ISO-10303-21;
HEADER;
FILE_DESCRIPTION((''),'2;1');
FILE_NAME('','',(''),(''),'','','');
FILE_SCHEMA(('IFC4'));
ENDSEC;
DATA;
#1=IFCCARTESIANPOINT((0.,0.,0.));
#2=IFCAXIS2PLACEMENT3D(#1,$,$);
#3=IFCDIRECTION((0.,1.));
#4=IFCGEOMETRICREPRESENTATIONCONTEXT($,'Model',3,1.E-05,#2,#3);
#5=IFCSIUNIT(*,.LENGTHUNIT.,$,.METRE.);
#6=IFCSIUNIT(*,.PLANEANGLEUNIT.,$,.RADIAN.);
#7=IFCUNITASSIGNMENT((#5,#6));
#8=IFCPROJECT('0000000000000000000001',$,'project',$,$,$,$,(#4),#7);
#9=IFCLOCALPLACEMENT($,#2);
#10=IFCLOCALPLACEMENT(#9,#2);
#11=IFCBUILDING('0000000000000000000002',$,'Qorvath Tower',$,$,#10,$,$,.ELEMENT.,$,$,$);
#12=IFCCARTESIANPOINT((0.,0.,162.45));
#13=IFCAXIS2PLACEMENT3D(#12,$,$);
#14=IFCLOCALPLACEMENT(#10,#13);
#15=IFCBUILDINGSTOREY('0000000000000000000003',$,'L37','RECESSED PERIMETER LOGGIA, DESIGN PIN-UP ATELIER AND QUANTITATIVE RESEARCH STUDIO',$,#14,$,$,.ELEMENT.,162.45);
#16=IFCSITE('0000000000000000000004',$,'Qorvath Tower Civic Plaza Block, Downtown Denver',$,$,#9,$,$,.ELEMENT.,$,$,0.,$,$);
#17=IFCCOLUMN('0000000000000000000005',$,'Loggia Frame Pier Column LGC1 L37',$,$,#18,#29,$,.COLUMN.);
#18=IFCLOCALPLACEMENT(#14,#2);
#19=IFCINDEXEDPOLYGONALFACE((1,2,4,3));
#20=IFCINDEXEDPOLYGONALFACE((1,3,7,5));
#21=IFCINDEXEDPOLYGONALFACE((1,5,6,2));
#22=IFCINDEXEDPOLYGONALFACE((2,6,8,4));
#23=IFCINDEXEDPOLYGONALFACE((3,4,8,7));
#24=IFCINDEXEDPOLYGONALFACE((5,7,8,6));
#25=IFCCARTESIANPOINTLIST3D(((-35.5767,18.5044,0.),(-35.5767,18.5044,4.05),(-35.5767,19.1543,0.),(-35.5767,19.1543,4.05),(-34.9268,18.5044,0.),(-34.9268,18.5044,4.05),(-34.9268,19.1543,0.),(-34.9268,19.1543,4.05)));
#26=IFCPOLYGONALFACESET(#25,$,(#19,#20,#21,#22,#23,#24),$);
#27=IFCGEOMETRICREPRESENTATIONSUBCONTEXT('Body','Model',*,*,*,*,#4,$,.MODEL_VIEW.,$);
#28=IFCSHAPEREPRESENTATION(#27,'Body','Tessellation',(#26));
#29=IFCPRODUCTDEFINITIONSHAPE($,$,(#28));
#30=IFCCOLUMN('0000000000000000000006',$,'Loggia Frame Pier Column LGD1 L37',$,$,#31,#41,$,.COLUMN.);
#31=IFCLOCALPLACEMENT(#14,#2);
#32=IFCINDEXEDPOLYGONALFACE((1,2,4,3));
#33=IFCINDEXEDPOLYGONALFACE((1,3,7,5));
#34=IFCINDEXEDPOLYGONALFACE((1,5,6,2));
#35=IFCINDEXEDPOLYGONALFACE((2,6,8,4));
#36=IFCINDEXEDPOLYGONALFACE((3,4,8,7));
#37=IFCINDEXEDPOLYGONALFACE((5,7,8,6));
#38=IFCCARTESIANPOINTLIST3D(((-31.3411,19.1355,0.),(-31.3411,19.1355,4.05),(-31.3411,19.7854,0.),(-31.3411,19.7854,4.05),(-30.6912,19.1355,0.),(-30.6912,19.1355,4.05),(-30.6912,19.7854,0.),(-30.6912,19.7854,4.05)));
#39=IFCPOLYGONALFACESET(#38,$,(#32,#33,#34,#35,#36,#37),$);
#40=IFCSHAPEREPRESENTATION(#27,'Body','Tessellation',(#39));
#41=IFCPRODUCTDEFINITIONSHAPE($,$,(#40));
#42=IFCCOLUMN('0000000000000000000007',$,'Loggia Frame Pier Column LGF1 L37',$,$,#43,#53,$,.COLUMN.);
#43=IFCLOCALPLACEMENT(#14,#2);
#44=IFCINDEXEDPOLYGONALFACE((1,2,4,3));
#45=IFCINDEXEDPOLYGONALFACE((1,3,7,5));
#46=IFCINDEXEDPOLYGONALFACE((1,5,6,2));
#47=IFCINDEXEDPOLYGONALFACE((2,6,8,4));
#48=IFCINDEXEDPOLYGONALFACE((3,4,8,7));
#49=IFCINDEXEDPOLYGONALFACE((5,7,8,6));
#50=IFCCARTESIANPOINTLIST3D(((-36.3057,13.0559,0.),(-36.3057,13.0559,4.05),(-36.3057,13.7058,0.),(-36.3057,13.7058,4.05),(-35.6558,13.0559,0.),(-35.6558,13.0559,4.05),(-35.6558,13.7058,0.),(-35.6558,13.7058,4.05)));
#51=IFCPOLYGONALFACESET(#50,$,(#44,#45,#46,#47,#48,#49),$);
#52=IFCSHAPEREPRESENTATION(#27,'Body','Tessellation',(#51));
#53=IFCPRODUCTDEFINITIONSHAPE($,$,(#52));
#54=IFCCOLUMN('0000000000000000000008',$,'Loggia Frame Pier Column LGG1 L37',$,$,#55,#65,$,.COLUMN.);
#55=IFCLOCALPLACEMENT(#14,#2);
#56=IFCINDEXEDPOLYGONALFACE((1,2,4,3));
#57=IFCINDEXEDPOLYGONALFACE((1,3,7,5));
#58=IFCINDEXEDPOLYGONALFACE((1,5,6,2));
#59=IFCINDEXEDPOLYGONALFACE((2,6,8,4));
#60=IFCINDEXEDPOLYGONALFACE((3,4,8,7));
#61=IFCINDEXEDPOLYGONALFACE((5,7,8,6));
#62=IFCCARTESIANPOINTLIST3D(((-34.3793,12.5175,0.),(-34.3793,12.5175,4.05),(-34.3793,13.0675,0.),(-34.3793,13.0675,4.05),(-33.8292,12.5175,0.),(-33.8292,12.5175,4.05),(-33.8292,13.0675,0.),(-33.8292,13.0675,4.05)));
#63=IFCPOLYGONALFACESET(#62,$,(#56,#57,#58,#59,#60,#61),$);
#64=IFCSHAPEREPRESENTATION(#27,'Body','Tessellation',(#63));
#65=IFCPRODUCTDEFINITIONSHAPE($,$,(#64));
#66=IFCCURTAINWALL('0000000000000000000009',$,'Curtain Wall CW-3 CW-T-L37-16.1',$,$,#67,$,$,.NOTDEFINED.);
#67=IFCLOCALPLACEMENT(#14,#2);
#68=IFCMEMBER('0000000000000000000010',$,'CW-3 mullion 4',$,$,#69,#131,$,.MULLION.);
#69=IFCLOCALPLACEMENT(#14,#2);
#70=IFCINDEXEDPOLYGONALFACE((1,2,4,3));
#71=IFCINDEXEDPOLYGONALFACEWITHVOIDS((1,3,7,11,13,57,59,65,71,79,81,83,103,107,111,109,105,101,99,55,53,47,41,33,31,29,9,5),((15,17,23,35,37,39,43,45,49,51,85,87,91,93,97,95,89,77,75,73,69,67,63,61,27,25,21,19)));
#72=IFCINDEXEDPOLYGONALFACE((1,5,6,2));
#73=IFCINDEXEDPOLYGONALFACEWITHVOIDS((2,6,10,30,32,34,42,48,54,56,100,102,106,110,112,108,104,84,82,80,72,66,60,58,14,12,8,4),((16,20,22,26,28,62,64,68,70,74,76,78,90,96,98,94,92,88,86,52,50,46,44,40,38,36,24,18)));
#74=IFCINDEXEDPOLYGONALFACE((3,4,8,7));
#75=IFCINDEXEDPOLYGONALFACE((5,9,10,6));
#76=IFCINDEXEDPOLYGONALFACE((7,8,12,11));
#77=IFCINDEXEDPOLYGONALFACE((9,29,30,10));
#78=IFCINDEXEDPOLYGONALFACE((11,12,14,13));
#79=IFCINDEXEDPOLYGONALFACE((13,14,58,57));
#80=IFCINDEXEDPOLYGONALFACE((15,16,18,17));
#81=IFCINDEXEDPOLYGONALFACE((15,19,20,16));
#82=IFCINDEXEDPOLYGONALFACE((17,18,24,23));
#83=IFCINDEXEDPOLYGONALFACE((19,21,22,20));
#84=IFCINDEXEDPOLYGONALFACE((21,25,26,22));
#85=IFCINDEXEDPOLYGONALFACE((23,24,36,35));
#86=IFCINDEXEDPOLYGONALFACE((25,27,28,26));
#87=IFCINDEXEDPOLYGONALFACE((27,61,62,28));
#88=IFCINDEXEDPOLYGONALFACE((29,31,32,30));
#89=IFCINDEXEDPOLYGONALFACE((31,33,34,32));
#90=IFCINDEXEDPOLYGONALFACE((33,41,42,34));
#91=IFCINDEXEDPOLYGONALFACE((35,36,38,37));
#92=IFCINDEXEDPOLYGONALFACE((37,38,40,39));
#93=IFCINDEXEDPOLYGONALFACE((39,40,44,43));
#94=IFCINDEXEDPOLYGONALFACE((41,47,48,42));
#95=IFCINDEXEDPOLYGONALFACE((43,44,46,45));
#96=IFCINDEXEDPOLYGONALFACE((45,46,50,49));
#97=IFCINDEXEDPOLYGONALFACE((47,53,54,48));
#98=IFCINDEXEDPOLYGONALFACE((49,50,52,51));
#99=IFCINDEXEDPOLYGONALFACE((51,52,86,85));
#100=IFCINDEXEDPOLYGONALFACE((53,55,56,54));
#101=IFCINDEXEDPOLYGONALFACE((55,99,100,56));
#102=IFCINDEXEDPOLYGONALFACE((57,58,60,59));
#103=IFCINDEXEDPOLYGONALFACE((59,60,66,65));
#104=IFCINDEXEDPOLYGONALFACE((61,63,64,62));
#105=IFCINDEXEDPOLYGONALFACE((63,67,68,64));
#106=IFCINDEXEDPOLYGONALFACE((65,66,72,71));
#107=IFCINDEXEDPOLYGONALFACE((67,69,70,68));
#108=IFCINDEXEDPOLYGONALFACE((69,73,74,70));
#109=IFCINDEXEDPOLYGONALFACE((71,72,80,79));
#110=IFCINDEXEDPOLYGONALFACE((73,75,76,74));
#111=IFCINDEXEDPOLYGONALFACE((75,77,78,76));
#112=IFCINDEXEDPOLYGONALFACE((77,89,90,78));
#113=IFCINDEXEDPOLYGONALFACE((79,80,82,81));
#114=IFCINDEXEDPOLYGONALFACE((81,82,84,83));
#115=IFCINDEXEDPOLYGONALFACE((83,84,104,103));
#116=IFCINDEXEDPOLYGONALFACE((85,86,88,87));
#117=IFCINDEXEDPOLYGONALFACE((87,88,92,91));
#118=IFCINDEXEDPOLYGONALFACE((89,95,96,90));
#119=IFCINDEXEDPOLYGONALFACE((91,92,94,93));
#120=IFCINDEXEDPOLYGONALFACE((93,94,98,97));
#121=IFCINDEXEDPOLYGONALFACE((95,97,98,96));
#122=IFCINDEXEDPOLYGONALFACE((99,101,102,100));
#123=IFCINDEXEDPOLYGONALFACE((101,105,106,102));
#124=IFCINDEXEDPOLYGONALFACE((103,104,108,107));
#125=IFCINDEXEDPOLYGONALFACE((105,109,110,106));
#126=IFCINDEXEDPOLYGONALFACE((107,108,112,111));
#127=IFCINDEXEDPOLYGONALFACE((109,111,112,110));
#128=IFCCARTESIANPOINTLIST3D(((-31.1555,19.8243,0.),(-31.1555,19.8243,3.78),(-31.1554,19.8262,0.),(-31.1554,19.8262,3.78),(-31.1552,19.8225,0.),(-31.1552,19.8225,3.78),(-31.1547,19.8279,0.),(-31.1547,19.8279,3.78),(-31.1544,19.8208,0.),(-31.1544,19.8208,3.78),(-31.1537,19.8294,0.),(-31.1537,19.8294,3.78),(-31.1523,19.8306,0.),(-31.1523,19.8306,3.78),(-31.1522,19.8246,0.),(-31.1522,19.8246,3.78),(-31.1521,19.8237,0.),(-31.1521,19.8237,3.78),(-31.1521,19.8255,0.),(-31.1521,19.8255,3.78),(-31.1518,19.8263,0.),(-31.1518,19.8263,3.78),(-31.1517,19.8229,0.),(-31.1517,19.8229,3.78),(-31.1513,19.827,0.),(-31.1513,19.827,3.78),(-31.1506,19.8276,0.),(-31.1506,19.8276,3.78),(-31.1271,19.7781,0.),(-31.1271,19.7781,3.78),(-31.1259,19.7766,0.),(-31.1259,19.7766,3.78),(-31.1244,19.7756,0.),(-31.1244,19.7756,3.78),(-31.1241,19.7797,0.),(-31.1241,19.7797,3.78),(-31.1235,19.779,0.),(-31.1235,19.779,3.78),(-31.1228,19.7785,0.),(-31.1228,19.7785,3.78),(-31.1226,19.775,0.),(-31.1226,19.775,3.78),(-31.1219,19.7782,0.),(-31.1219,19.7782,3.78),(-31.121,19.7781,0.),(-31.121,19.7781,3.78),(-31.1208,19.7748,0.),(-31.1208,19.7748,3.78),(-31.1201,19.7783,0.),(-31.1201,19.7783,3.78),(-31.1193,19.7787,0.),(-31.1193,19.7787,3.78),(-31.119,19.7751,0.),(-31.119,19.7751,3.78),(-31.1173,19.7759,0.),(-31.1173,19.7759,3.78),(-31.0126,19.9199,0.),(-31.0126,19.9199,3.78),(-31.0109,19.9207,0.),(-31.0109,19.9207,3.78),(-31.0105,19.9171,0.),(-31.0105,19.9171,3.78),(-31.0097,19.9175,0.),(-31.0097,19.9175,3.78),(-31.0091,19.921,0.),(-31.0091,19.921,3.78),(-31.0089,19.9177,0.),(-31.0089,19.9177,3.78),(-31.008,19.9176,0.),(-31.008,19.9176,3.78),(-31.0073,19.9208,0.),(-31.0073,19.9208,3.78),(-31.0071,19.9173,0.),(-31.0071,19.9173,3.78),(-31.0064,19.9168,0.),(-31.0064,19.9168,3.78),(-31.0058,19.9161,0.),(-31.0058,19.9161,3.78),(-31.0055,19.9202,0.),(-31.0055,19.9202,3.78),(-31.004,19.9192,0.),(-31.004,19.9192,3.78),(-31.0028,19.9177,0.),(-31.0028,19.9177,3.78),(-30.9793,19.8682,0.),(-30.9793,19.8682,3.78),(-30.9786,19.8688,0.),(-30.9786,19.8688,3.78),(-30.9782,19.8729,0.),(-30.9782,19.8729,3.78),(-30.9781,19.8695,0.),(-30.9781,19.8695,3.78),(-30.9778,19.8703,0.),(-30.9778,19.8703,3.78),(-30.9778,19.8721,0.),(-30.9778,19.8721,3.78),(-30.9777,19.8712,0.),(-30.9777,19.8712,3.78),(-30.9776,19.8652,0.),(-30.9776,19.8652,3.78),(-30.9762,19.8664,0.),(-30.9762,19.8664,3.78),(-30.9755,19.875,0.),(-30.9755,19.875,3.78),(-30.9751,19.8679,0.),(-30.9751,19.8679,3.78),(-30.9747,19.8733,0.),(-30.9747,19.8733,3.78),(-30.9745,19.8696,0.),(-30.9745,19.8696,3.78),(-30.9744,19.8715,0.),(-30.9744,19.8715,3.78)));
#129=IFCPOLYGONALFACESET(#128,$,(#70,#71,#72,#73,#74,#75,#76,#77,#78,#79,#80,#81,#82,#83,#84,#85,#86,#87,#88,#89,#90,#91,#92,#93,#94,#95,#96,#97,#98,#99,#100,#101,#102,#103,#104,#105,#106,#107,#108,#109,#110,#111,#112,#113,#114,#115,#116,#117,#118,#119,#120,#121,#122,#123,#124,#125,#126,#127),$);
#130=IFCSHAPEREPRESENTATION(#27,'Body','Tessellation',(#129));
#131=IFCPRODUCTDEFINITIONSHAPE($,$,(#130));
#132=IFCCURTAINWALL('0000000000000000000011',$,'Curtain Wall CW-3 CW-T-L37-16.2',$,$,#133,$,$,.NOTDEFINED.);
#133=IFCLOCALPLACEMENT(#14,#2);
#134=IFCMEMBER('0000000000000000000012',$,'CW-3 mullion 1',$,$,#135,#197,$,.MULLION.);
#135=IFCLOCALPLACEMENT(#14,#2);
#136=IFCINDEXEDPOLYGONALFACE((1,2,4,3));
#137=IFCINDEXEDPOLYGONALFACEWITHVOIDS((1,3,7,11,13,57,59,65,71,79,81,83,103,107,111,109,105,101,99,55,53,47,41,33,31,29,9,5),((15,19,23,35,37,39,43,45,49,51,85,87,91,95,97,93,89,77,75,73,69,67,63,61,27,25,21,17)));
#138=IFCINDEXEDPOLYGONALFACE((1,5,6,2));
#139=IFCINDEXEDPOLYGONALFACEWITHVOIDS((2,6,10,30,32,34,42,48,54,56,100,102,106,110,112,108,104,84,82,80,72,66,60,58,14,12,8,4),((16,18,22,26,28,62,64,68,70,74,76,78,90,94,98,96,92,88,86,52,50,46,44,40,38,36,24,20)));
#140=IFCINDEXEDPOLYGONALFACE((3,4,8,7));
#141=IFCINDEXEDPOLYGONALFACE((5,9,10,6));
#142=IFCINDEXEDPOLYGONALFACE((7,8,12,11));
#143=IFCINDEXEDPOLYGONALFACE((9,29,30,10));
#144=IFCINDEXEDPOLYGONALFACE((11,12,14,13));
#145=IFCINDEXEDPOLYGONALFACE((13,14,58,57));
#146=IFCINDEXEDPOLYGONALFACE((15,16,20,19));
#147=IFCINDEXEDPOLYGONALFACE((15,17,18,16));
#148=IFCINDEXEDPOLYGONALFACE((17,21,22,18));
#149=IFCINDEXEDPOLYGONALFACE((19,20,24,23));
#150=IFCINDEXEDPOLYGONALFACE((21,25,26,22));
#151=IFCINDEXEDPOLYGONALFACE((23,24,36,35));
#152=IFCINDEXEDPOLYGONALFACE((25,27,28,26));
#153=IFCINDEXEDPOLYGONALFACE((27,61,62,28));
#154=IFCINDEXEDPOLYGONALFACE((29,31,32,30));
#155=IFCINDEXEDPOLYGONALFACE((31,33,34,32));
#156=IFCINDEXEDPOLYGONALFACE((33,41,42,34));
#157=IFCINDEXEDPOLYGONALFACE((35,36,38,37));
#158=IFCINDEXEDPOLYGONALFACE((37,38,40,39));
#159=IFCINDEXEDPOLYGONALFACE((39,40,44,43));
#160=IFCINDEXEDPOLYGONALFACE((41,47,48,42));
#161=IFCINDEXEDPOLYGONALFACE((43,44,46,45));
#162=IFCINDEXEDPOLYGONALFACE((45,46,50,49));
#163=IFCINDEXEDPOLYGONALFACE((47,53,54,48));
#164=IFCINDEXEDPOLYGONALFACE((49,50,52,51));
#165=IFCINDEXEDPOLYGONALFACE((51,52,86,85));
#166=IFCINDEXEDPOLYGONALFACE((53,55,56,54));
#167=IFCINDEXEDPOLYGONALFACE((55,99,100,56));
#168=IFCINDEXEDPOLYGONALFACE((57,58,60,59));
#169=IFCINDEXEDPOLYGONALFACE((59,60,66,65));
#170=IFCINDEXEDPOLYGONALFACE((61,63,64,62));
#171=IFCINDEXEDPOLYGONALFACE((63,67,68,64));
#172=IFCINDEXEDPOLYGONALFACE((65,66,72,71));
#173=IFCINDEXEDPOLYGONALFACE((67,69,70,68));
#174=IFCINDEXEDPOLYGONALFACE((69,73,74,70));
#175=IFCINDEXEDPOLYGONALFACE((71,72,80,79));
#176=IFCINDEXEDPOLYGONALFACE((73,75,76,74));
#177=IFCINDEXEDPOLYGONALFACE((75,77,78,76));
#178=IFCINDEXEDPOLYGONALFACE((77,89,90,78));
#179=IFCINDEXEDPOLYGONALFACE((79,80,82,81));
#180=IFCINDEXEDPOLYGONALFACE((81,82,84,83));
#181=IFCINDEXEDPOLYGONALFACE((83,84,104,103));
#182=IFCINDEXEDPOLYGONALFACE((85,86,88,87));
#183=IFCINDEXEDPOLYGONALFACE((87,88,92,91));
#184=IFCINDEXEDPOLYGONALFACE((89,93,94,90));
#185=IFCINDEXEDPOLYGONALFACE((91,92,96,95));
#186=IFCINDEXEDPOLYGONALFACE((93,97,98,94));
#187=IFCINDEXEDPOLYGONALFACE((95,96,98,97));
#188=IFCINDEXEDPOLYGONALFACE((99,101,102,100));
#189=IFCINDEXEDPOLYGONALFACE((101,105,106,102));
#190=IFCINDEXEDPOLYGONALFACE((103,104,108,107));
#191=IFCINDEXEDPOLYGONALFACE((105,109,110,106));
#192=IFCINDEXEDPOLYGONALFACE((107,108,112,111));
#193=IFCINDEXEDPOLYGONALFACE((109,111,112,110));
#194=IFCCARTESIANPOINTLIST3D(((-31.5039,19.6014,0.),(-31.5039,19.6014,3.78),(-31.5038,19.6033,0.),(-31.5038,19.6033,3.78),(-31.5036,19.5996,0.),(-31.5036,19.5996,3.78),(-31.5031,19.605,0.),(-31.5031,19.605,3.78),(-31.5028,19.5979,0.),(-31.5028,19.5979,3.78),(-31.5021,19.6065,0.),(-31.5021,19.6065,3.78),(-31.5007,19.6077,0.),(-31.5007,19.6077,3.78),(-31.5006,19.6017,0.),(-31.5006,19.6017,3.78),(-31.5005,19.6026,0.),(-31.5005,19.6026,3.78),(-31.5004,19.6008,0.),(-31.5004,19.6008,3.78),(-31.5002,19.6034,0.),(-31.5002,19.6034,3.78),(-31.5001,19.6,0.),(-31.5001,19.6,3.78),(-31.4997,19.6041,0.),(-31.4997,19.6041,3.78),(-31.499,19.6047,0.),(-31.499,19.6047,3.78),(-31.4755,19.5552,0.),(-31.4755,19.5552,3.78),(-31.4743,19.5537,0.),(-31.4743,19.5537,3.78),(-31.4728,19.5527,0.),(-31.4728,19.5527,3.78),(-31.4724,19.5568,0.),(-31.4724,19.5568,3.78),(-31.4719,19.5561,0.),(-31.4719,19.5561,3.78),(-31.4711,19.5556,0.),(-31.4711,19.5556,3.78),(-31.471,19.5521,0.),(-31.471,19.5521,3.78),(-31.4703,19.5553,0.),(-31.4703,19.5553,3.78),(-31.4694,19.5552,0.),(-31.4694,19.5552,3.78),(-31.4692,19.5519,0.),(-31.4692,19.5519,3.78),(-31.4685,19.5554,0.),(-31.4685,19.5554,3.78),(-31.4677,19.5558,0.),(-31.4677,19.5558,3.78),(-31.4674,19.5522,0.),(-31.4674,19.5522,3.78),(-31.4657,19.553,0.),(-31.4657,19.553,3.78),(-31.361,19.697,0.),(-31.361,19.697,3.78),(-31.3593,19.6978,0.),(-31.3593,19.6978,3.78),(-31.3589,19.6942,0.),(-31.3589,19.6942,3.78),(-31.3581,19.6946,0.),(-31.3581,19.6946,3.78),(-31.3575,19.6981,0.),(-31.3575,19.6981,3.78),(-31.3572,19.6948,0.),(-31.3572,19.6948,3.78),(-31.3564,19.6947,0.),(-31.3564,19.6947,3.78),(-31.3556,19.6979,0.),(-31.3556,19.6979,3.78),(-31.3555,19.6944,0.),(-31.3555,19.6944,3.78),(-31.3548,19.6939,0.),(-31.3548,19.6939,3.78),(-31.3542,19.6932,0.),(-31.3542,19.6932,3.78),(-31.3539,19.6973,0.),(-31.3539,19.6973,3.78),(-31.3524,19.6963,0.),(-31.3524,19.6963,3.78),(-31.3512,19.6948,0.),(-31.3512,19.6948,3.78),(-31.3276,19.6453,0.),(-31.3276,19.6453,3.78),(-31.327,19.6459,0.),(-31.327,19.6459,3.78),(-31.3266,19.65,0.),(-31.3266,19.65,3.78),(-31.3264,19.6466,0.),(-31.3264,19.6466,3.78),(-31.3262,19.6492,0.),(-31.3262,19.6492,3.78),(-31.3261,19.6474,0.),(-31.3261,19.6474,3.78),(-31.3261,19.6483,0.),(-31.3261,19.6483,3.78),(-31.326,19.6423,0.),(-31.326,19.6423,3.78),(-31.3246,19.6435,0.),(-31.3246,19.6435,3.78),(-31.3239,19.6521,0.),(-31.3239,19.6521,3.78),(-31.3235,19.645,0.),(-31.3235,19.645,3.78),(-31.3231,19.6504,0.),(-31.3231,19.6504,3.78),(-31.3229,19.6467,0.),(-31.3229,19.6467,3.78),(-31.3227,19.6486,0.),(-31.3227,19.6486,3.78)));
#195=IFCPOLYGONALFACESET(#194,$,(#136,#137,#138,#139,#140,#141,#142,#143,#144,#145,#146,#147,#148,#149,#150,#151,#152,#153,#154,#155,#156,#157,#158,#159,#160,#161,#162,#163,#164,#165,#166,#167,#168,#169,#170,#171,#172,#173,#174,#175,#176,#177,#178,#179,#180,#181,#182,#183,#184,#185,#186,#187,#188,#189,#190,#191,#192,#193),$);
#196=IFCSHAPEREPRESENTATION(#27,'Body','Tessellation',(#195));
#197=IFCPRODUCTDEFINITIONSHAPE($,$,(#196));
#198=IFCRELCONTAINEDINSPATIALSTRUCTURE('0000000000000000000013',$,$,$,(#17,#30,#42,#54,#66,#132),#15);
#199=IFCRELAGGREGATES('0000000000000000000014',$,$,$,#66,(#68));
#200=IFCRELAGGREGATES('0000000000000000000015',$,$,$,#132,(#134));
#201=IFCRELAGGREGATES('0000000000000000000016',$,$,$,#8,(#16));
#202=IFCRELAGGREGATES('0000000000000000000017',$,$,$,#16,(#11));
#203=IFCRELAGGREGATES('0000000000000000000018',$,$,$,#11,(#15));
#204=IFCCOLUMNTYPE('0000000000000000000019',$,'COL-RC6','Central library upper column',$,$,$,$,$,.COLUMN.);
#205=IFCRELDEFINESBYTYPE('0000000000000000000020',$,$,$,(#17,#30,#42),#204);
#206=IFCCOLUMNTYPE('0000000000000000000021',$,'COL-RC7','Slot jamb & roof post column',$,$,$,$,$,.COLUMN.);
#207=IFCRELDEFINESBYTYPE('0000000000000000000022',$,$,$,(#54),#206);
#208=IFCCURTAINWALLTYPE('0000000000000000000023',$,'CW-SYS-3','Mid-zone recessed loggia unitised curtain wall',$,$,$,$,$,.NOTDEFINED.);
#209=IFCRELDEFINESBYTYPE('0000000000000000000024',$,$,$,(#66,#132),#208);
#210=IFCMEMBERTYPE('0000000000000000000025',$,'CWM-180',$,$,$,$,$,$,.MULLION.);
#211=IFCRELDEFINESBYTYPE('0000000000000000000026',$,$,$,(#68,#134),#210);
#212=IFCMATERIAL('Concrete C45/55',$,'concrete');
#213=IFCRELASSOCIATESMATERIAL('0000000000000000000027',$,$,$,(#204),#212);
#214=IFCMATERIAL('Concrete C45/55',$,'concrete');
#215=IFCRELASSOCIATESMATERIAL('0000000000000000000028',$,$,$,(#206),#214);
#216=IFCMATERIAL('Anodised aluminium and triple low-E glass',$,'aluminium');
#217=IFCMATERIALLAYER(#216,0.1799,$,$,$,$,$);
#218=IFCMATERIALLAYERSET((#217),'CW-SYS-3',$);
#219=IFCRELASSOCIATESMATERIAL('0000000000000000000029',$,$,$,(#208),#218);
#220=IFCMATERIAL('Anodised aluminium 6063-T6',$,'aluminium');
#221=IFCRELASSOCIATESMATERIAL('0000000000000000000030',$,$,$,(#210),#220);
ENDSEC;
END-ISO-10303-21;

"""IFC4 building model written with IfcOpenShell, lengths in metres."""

from ifc_helpers import new_model, si_unit, direction, frame, origin, origin_2d, place, context, subcontext, project, spatial, rectangle, hollow_rectangle, extrude, material, layer, layer_set, material_profile, profile_set, type_object, element, aggregate, save


model = new_model("IFC4")

# Units and contexts
model_context = context("Model", 3, precision=1e-05, world=origin(), true_north=direction((0.0, 1.0)))
body_context = subcontext(model_context, "Body", "Model", "MODEL_VIEW")
ifc_project = project(units=[si_unit("LENGTHUNIT", "METRE"), si_unit("PLANEANGLEUNIT", "RADIAN")], contexts=[model_context])

# Site, building, storey
site_placement = place(None, origin())
site = spatial("IfcSite", under=ifc_project, at=site_placement, Name="Qorvath Tower Civic Plaza Block, Downtown Denver", CompositionType="ELEMENT", RefElevation=0.0)
building_placement = place(site_placement, origin())
building = spatial("IfcBuilding", under=site, at=building_placement, Name="Qorvath Tower", CompositionType="ELEMENT")
storey_placement = place(building_placement, frame((0.0, 0.0, 162.45)))
storey = spatial("IfcBuildingStorey", under=building, at=storey_placement, Name="L37", Description="RECESSED PERIMETER LOGGIA, DESIGN PIN-UP ATELIER AND QUANTITATIVE RESEARCH STUDIO", CompositionType="ELEMENT", Elevation=162.45)

# Columns
ifc_material_1 = material(Name="Concrete C45/55", Category="concrete")
ifc_material_profile_1 = material_profile(ifc_material_1, rectangle(XDim=0.6499, YDim=0.6499, at=origin_2d()), Name="RC 650x650")
ifc_profile_set_1 = profile_set([ifc_material_profile_1], Name="Concrete C45/55")
column_type_1 = type_object("IfcColumnType", Name="COL-RC6", Description="Central library upper column", PredefinedType="COLUMN", material=ifc_profile_set_1)
for number, where, z_axis, x_axis, name in (
    (1, (-35.2517, 18.8293, 0.0), (0.0, 0.0, 1.0), (1.0, 0.0, 0.0), "Loggia Frame Pier Column LGC1 L37"),
    (2, (-31.0161, 19.4604, 0.0), (0.0, 0.0, 1.0), (1.0, 0.0, 0.0), "Loggia Frame Pier Column LGD1 L37"),
    (3, (-35.9807, 13.3809, 0.0), (0.0, 0.0, 1.0), (1.0, 0.0, 0.0), "Loggia Frame Pier Column LGF1 L37"),
):
    element("IfcColumn", number, at=place(storey_placement, frame(where, z_axis=z_axis, x_axis=x_axis)), inside=storey, type_object=column_type_1, Name=name, PredefinedType="COLUMN", context=body_context, shape_type="SweptSolid", body=[
        extrude(rectangle(XDim=0.6499, YDim=0.6499, at=origin_2d()), origin(), (0.0, 0.0, 1.0), 4.05),
    ])
ifc_material_2 = material(Name="Concrete C45/55", Category="concrete")
ifc_material_profile_2 = material_profile(ifc_material_2, rectangle(XDim=0.55, YDim=0.55, at=origin_2d()), Name="RC 550x550")
ifc_profile_set_2 = profile_set([ifc_material_profile_2], Name="Concrete C45/55")
column_type_2 = type_object("IfcColumnType", Name="COL-RC7", Description="Slot jamb & roof post column", PredefinedType="COLUMN", material=ifc_profile_set_2)
column_placement = place(storey_placement, frame((-34.1042, 12.7925, 0.0), z_axis=(0.0, 0.0, 1.0), x_axis=(1.0, 0.0, 0.0)))
element("IfcColumn", 4, at=column_placement, inside=storey, type_object=column_type_2, Name="Loggia Frame Pier Column LGG1 L37", PredefinedType="COLUMN", context=body_context, shape_type="SweptSolid", body=[
    extrude(rectangle(XDim=0.55, YDim=0.55, at=origin_2d()), origin(), (0.0, 0.0, 1.0), 4.05),
])

# Curtain wall, member
ifc_material_3 = material(Name="Anodised aluminium and triple low-E glass", Category="aluminium")
ifc_layer_1 = layer(ifc_material_3, 0.1799)
ifc_layer_set_1 = layer_set([ifc_layer_1], Name="CW-SYS-3")
curtain_wall_type = type_object("IfcCurtainWallType", Name="CW-SYS-3", Description="Mid-zone recessed loggia unitised curtain wall", PredefinedType="NOTDEFINED", material=ifc_layer_set_1)
curtain_wall_1_placement = place(storey_placement, origin())
curtain_wall_1 = element("IfcCurtainWall", 5, at=curtain_wall_1_placement, inside=storey, type_object=curtain_wall_type, Name="Curtain Wall CW-3 CW-T-L37-16.1", PredefinedType="NOTDEFINED")
ifc_material_4 = material(Name="Anodised aluminium 6063-T6", Category="aluminium")
ifc_material_profile_3 = material_profile(ifc_material_4, hollow_rectangle(XDim=0.0649, YDim=0.1799, WallThickness=0.0034, InnerFilletRadius=0.0034, OuterFilletRadius=0.0071, at=origin_2d()), Name="CWM 180x65")
ifc_profile_set_3 = profile_set([ifc_material_profile_3], Name="Anodised aluminium 6063-T6")
member_type_1 = type_object("IfcMemberType", Name="CWM-180", PredefinedType="MULLION", material=ifc_profile_set_3)
member_1_placement = place(storey_placement, frame((-31.0649, 19.8479, 0.0), z_axis=(0.0, 0.0, 1.0), x_axis=(0.53854, -0.8426, 0.0)))
member_1 = element("IfcMember", 6, at=member_1_placement, type_object=member_type_1, Name="CW-3 mullion 4", PredefinedType="MULLION", context=body_context, shape_type="SweptSolid", body=[
    extrude(hollow_rectangle(XDim=0.0649, YDim=0.1799, WallThickness=0.0034, InnerFilletRadius=0.0034, OuterFilletRadius=0.0071, at=origin_2d()), origin(), (0.0, 0.0, 1.0), 3.78),
])
aggregate(curtain_wall_1, [member_1])

# Curtain wall, member
curtain_wall_2_placement = place(storey_placement, origin())
curtain_wall_2 = element("IfcCurtainWall", 7, at=curtain_wall_2_placement, inside=storey, type_object=curtain_wall_type, Name="Curtain Wall CW-3 CW-T-L37-16.2", PredefinedType="NOTDEFINED")
member_2_placement = place(storey_placement, frame((-31.4133, 19.625, 0.0), z_axis=(0.0, 0.0, 1.0), x_axis=(0.538539, -0.8426, 0.0)))
member_2 = element("IfcMember", 8, at=member_2_placement, type_object=member_type_1, Name="CW-3 mullion 1", PredefinedType="MULLION", context=body_context, shape_type="SweptSolid", body=[
    extrude(hollow_rectangle(XDim=0.0649, YDim=0.1799, WallThickness=0.0034, InnerFilletRadius=0.0034, OuterFilletRadius=0.0071, at=origin_2d()), origin(), (0.0, 0.0, 1.0), 3.78),
])
aggregate(curtain_wall_2, [member_2])

save(model, "model.ifc")
